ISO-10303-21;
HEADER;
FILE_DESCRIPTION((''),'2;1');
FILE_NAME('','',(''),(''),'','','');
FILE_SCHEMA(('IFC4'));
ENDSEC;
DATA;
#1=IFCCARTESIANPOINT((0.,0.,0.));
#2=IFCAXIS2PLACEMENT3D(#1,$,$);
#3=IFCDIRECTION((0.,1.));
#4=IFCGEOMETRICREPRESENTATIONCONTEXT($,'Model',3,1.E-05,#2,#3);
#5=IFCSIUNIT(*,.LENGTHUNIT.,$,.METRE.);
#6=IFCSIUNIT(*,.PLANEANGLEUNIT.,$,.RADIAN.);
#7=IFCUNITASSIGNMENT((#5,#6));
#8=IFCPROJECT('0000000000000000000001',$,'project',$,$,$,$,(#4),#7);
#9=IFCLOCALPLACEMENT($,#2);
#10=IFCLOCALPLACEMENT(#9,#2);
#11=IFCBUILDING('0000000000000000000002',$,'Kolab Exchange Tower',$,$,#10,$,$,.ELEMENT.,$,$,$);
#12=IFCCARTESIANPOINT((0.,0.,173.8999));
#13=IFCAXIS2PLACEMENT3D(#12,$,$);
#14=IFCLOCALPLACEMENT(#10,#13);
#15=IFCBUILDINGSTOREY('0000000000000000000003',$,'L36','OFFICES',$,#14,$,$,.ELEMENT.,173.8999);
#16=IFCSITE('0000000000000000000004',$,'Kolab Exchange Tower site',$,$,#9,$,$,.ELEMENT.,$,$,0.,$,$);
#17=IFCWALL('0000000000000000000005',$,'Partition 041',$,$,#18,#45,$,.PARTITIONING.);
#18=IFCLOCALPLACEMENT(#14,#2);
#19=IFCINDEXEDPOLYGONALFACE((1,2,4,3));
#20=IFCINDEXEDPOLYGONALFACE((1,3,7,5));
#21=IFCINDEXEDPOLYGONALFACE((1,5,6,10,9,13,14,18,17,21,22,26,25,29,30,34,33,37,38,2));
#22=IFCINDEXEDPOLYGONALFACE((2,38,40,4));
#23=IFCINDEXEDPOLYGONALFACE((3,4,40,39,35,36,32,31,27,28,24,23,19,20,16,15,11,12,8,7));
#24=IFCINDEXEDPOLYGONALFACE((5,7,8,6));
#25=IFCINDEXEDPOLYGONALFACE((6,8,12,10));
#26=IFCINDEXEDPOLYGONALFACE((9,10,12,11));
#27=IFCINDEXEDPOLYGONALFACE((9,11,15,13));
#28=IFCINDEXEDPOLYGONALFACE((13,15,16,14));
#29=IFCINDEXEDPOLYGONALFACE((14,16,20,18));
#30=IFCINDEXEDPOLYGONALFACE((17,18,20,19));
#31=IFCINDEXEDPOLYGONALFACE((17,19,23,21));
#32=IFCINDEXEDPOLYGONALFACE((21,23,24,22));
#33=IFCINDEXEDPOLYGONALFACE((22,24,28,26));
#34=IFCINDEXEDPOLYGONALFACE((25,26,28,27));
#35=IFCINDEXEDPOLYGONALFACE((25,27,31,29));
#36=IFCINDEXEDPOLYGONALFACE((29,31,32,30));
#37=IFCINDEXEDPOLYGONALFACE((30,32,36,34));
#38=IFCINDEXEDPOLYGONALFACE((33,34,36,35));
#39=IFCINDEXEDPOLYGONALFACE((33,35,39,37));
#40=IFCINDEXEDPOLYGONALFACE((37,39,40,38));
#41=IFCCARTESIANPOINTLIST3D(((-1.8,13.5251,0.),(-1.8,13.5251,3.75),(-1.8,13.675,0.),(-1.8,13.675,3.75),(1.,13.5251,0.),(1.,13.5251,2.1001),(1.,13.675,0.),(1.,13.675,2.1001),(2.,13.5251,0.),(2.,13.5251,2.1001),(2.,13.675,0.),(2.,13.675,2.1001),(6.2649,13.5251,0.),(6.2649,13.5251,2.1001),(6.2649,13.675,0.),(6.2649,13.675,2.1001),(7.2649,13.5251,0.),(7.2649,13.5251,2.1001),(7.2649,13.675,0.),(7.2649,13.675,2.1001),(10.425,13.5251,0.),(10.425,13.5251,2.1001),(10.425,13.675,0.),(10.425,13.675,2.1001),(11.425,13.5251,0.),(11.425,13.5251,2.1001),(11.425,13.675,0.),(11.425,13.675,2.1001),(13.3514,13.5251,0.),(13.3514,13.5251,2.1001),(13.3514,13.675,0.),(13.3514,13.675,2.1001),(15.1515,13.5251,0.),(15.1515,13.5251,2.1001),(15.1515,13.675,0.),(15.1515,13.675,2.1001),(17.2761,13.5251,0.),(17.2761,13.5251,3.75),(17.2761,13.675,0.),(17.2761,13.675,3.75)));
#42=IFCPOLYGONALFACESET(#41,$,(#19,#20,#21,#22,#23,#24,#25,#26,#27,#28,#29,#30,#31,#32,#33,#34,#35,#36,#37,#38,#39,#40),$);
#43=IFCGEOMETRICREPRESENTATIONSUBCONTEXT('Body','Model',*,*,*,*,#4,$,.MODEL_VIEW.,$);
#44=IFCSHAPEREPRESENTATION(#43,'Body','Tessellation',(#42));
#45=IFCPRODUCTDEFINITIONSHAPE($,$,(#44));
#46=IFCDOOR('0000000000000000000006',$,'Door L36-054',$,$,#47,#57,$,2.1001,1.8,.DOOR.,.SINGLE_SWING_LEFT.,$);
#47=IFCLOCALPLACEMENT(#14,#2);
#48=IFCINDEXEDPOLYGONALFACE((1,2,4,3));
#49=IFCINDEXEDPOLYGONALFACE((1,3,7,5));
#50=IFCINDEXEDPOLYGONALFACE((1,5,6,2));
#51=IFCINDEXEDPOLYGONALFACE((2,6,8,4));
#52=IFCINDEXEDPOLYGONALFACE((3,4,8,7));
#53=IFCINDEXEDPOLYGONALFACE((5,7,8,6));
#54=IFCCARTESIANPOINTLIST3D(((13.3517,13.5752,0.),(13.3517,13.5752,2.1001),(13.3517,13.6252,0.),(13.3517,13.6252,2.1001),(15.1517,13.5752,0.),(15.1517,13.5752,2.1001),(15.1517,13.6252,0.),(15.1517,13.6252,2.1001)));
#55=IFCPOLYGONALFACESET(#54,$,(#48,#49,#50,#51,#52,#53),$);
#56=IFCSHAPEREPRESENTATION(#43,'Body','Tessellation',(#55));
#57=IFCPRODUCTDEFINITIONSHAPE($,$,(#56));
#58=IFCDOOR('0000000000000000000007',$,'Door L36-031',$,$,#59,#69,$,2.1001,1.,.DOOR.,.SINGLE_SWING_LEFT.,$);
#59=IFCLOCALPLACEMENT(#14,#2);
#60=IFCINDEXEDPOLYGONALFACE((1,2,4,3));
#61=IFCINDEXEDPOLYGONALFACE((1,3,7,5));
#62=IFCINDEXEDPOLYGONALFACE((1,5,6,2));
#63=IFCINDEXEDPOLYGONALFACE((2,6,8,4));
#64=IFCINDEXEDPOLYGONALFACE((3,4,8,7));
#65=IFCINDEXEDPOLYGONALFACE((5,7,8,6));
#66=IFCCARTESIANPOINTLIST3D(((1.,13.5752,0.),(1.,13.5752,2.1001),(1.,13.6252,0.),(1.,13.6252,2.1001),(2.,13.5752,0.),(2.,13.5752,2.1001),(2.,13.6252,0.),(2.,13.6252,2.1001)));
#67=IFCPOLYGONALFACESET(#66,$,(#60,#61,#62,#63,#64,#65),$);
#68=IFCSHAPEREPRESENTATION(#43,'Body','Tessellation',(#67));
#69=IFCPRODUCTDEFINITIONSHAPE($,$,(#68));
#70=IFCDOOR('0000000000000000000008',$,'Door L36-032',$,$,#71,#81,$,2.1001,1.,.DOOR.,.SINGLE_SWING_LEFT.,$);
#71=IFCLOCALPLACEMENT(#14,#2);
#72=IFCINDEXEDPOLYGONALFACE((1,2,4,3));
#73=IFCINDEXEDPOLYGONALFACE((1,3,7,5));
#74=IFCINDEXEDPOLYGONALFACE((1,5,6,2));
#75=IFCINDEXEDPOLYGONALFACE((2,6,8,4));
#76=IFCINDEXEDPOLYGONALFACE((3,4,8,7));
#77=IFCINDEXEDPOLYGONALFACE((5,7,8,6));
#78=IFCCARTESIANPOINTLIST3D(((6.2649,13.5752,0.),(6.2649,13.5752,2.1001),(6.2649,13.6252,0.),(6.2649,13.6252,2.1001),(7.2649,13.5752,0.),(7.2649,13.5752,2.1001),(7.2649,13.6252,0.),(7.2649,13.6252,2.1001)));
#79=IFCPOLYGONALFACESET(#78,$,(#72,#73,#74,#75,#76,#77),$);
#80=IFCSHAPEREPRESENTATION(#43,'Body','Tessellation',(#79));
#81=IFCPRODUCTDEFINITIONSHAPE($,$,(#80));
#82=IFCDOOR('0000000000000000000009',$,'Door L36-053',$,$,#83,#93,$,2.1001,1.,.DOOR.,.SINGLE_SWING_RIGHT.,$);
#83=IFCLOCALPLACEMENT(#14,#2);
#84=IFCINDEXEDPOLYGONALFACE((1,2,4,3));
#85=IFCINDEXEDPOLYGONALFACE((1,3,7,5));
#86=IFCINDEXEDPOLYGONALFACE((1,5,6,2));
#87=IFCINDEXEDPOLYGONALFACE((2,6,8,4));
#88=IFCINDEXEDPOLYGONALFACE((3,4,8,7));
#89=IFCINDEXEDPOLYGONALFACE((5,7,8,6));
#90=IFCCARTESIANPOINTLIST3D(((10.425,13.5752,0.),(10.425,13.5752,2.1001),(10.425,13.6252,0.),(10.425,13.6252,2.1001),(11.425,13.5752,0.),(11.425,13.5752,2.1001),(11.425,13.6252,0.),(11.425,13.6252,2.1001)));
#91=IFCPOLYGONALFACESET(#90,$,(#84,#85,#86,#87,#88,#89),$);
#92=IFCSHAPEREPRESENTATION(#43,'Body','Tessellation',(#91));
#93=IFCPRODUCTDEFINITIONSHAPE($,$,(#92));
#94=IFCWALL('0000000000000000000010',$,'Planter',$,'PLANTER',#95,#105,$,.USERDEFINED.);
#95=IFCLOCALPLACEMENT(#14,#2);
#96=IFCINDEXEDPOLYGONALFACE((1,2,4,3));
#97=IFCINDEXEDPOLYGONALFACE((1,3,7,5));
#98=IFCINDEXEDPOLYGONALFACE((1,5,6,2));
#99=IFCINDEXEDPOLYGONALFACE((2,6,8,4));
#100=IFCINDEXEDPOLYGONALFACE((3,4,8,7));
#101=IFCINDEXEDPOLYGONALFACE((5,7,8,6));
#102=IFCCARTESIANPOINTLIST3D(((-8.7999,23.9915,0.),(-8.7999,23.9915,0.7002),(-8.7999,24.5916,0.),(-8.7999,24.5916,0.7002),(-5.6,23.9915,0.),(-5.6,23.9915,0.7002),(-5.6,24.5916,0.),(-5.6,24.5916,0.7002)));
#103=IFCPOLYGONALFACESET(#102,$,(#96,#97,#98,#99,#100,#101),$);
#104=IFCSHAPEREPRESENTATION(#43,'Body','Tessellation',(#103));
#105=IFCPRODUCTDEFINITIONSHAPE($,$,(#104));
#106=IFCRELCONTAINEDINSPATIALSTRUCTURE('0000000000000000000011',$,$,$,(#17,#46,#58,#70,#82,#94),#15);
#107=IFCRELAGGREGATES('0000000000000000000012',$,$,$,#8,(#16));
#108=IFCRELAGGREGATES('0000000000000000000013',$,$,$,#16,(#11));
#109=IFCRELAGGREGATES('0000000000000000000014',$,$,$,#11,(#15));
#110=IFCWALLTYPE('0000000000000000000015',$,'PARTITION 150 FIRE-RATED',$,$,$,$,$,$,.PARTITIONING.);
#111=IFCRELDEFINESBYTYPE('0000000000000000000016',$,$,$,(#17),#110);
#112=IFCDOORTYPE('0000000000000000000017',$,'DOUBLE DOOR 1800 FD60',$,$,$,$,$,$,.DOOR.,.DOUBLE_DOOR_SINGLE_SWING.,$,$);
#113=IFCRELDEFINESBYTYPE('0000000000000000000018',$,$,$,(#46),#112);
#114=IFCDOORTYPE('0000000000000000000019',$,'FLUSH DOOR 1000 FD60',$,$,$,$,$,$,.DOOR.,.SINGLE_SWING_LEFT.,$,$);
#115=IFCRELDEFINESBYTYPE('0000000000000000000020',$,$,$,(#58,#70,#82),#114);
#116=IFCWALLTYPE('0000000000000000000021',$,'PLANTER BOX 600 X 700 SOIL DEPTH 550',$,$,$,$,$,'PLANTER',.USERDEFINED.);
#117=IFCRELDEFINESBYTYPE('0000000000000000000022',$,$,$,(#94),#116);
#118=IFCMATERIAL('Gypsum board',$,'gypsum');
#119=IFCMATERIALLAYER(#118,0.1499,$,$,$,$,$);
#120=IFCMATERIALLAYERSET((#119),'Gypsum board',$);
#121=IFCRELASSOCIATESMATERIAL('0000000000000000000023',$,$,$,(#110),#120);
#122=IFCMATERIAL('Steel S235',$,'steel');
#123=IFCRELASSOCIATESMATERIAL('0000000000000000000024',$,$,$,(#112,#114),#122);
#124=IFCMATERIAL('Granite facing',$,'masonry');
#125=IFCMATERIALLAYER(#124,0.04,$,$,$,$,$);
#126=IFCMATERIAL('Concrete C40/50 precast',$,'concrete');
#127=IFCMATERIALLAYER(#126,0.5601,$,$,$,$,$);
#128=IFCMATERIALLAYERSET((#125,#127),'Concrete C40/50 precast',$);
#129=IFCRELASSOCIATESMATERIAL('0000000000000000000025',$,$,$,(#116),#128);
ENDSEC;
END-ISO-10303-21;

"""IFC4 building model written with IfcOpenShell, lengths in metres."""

from ifc_helpers import new_model, si_unit, direction, frame, frame_2d, origin, place, context, subcontext, project, spatial, rectangle, extrude, material, layer, layer_set, type_object, element, fill, save


model = new_model("IFC4")

# Units and contexts
model_context = context("Model", 3, precision=1e-05, world=origin(), true_north=direction((0.0, 1.0)))
body_context = subcontext(model_context, "Body", "Model", "MODEL_VIEW")
ifc_project = project(units=[si_unit("LENGTHUNIT", "METRE"), si_unit("PLANEANGLEUNIT", "RADIAN")], contexts=[model_context])

# Site, building, storey
site_placement = place(None, origin())
site = spatial("IfcSite", under=ifc_project, at=site_placement, Name="Kolab Exchange Tower site", CompositionType="ELEMENT", RefElevation=0.0)
building_placement = place(site_placement, origin())
building = spatial("IfcBuilding", under=site, at=building_placement, Name="Kolab Exchange Tower", CompositionType="ELEMENT")
storey_placement = place(building_placement, frame((0.0, 0.0, 173.8999)))
storey = spatial("IfcBuildingStorey", under=building, at=storey_placement, Name="L36", Description="OFFICES", CompositionType="ELEMENT", Elevation=173.8999)

# Shared definitions
ifc_material_1 = material(Name="Gypsum board", Category="gypsum")
ifc_layer_1 = layer(ifc_material_1, 0.1499)
ifc_layer_set_1 = layer_set([ifc_layer_1], Name="Gypsum board")
wall_type_1 = type_object("IfcWallType", Name="PARTITION 150 FIRE-RATED", PredefinedType="PARTITIONING", material=ifc_layer_set_1)

# Wall, openings, doors
wall_1_placement = place(storey_placement, frame((-1.8, 13.6001, 0.0), z_axis=(0.0, 0.0, 1.0), x_axis=(1.0, 0.0, 0.0)))
wall_1 = element("IfcWall", 1, at=wall_1_placement, inside=storey, type_object=wall_type_1, Name="Partition 041", PredefinedType="PARTITIONING", context=body_context, shape_type="SweptSolid", body=[
    extrude(rectangle(XDim=19.0762, YDim=0.1499, at=frame_2d((9.5381, 0.0))), origin(), (0.0, 0.0, 1.0), 3.75),
])
opening_1_placement = place(wall_1_placement, frame((2.8, 0.0, 0.0)))
opening_1 = element("IfcOpeningElement", 2, at=opening_1_placement, cuts=wall_1, PredefinedType="OPENING", context=body_context, shape_type="SweptSolid", body=[
    extrude(rectangle(XDim=1.0, YDim=2.1001, at=frame_2d((0.5, 1.05))), frame((0.0, 0.085, 0.0), z_axis=(0.0, -1.0, 0.0), x_axis=(1.0, 0.0, 0.0)), (0.0, 0.0, 1.0), 0.1699),
])
opening_2_placement = place(wall_1_placement, frame((8.0649, 0.0, 0.0)))
opening_2 = element("IfcOpeningElement", 3, at=opening_2_placement, cuts=wall_1, PredefinedType="OPENING", context=body_context, shape_type="SweptSolid", body=[
    extrude(rectangle(XDim=1.0, YDim=2.1001, at=frame_2d((0.5, 1.05))), frame((0.0, 0.085, 0.0), z_axis=(0.0, -1.0, 0.0), x_axis=(1.0, 0.0, 0.0)), (0.0, 0.0, 1.0), 0.1699),
])
opening_3_placement = place(wall_1_placement, frame((12.2251, 0.0, 0.0)))
opening_3 = element("IfcOpeningElement", 4, at=opening_3_placement, cuts=wall_1, PredefinedType="OPENING", context=body_context, shape_type="SweptSolid", body=[
    extrude(rectangle(XDim=1.0, YDim=2.1001, at=frame_2d((0.5, 1.05))), frame((0.0, 0.085, 0.0), z_axis=(0.0, -1.0, 0.0), x_axis=(1.0, 0.0, 0.0)), (0.0, 0.0, 1.0), 0.1699),
])
opening_4_placement = place(wall_1_placement, frame((15.1516, 0.0, 0.0)))
opening_4 = element("IfcOpeningElement", 5, at=opening_4_placement, cuts=wall_1, PredefinedType="OPENING", context=body_context, shape_type="SweptSolid", body=[
    extrude(rectangle(XDim=1.8, YDim=2.1001, at=frame_2d((0.8999, 1.05))), frame((0.0, 0.085, 0.0), z_axis=(0.0, -1.0, 0.0), x_axis=(1.0, 0.0, 0.0)), (0.0, 0.0, 1.0), 0.1699),
])
ifc_material_2 = material(Name="Steel S235", Category="steel")
door_type_1 = type_object("IfcDoorType", Name="DOUBLE DOOR 1800 FD60", OperationType="DOUBLE_DOOR_SINGLE_SWING", PredefinedType="DOOR", material=ifc_material_2)
door_1_placement = place(opening_4_placement, frame((1.8, 0.0, 0.0), z_axis=(0.0, 0.0, 1.0), x_axis=(-1.0, 0.0, 0.0)))
door_1 = element("IfcDoor", 6, at=door_1_placement, inside=storey, type_object=door_type_1, Name="Door L36-054", OperationType="SINGLE_SWING_LEFT", OverallHeight=2.1001, OverallWidth=1.8, PredefinedType="DOOR", context=body_context, shape_type="SweptSolid", body=[
    extrude(rectangle(XDim=1.8, YDim=2.1001, at=frame_2d((0.8999, 1.05))), frame((0.0, 0.0249, 0.0), z_axis=(0.0, -1.0, 0.0), x_axis=(1.0, 0.0, 0.0)), (0.0, 0.0, 1.0), 0.05),
])
fill(opening_4, door_1)
door_type_2 = type_object("IfcDoorType", Name="FLUSH DOOR 1000 FD60", OperationType="SINGLE_SWING_LEFT", PredefinedType="DOOR", material=ifc_material_2)
door_2_placement = place(opening_1_placement, frame((1.0, 0.0, 0.0), z_axis=(0.0, 0.0, 1.0), x_axis=(-1.0, 0.0, 0.0)))
door_2 = element("IfcDoor", 7, at=door_2_placement, inside=storey, type_object=door_type_2, Name="Door L36-031", OperationType="SINGLE_SWING_LEFT", OverallHeight=2.1001, OverallWidth=1.0, PredefinedType="DOOR", context=body_context, shape_type="SweptSolid", body=[
    extrude(rectangle(XDim=1.0, YDim=2.1001, at=frame_2d((0.5, 1.05))), frame((0.0, 0.0249, 0.0), z_axis=(0.0, -1.0, 0.0), x_axis=(1.0, 0.0, 0.0)), (0.0, 0.0, 1.0), 0.05),
])
fill(opening_1, door_2)
door_3_placement = place(opening_2_placement, frame((1.0, 0.0, 0.0), z_axis=(0.0, 0.0, 1.0), x_axis=(-1.0, 0.0, 0.0)))
door_3 = element("IfcDoor", 8, at=door_3_placement, inside=storey, type_object=door_type_2, Name="Door L36-032", OperationType="SINGLE_SWING_LEFT", OverallHeight=2.1001, OverallWidth=1.0, PredefinedType="DOOR", context=body_context, shape_type="SweptSolid", body=[
    extrude(rectangle(XDim=1.0, YDim=2.1001, at=frame_2d((0.5, 1.05))), frame((0.0, 0.0249, 0.0), z_axis=(0.0, -1.0, 0.0), x_axis=(1.0, 0.0, 0.0)), (0.0, 0.0, 1.0), 0.05),
])
fill(opening_2, door_3)
door_4_placement = place(opening_3_placement, frame((1.0, 0.0, 0.0), z_axis=(0.0, 0.0, 1.0), x_axis=(-1.0, 0.0, 0.0)))
door_4 = element("IfcDoor", 9, at=door_4_placement, inside=storey, type_object=door_type_2, Name="Door L36-053", OperationType="SINGLE_SWING_RIGHT", OverallHeight=2.1001, OverallWidth=1.0, PredefinedType="DOOR", context=body_context, shape_type="SweptSolid", body=[
    extrude(rectangle(XDim=1.0, YDim=2.1001, at=frame_2d((0.5, 1.05))), frame((0.0, 0.0249, 0.0), z_axis=(0.0, -1.0, 0.0), x_axis=(1.0, 0.0, 0.0)), (0.0, 0.0, 1.0), 0.05),
])
fill(opening_3, door_4)

# Wall
ifc_material_3 = material(Name="Granite facing", Category="masonry")
ifc_layer_2 = layer(ifc_material_3, 0.04)
ifc_material_4 = material(Name="Concrete C40/50 precast", Category="concrete")
ifc_layer_3 = layer(ifc_material_4, 0.5601)
ifc_layer_set_2 = layer_set([ifc_layer_2, ifc_layer_3], Name="Concrete C40/50 precast")
wall_type_2 = type_object("IfcWallType", Name="PLANTER BOX 600 X 700 SOIL DEPTH 550", ElementType="PLANTER", PredefinedType="USERDEFINED", material=ifc_layer_set_2)
wall_2_placement = place(storey_placement, frame((-8.8, 24.2915, 0.0), z_axis=(0.0, 0.0, 1.0), x_axis=(1.0, 0.0, 0.0)))
element("IfcWall", 10, at=wall_2_placement, inside=storey, type_object=wall_type_2, Name="Planter", ObjectType="PLANTER", PredefinedType="USERDEFINED", context=body_context, shape_type="SweptSolid", body=[
    extrude(rectangle(XDim=3.2, YDim=0.6001, at=frame_2d((1.6001, 0.0))), origin(), (0.0, 0.0, 1.0), 0.7002),
])

save(model, "model.ifc")
